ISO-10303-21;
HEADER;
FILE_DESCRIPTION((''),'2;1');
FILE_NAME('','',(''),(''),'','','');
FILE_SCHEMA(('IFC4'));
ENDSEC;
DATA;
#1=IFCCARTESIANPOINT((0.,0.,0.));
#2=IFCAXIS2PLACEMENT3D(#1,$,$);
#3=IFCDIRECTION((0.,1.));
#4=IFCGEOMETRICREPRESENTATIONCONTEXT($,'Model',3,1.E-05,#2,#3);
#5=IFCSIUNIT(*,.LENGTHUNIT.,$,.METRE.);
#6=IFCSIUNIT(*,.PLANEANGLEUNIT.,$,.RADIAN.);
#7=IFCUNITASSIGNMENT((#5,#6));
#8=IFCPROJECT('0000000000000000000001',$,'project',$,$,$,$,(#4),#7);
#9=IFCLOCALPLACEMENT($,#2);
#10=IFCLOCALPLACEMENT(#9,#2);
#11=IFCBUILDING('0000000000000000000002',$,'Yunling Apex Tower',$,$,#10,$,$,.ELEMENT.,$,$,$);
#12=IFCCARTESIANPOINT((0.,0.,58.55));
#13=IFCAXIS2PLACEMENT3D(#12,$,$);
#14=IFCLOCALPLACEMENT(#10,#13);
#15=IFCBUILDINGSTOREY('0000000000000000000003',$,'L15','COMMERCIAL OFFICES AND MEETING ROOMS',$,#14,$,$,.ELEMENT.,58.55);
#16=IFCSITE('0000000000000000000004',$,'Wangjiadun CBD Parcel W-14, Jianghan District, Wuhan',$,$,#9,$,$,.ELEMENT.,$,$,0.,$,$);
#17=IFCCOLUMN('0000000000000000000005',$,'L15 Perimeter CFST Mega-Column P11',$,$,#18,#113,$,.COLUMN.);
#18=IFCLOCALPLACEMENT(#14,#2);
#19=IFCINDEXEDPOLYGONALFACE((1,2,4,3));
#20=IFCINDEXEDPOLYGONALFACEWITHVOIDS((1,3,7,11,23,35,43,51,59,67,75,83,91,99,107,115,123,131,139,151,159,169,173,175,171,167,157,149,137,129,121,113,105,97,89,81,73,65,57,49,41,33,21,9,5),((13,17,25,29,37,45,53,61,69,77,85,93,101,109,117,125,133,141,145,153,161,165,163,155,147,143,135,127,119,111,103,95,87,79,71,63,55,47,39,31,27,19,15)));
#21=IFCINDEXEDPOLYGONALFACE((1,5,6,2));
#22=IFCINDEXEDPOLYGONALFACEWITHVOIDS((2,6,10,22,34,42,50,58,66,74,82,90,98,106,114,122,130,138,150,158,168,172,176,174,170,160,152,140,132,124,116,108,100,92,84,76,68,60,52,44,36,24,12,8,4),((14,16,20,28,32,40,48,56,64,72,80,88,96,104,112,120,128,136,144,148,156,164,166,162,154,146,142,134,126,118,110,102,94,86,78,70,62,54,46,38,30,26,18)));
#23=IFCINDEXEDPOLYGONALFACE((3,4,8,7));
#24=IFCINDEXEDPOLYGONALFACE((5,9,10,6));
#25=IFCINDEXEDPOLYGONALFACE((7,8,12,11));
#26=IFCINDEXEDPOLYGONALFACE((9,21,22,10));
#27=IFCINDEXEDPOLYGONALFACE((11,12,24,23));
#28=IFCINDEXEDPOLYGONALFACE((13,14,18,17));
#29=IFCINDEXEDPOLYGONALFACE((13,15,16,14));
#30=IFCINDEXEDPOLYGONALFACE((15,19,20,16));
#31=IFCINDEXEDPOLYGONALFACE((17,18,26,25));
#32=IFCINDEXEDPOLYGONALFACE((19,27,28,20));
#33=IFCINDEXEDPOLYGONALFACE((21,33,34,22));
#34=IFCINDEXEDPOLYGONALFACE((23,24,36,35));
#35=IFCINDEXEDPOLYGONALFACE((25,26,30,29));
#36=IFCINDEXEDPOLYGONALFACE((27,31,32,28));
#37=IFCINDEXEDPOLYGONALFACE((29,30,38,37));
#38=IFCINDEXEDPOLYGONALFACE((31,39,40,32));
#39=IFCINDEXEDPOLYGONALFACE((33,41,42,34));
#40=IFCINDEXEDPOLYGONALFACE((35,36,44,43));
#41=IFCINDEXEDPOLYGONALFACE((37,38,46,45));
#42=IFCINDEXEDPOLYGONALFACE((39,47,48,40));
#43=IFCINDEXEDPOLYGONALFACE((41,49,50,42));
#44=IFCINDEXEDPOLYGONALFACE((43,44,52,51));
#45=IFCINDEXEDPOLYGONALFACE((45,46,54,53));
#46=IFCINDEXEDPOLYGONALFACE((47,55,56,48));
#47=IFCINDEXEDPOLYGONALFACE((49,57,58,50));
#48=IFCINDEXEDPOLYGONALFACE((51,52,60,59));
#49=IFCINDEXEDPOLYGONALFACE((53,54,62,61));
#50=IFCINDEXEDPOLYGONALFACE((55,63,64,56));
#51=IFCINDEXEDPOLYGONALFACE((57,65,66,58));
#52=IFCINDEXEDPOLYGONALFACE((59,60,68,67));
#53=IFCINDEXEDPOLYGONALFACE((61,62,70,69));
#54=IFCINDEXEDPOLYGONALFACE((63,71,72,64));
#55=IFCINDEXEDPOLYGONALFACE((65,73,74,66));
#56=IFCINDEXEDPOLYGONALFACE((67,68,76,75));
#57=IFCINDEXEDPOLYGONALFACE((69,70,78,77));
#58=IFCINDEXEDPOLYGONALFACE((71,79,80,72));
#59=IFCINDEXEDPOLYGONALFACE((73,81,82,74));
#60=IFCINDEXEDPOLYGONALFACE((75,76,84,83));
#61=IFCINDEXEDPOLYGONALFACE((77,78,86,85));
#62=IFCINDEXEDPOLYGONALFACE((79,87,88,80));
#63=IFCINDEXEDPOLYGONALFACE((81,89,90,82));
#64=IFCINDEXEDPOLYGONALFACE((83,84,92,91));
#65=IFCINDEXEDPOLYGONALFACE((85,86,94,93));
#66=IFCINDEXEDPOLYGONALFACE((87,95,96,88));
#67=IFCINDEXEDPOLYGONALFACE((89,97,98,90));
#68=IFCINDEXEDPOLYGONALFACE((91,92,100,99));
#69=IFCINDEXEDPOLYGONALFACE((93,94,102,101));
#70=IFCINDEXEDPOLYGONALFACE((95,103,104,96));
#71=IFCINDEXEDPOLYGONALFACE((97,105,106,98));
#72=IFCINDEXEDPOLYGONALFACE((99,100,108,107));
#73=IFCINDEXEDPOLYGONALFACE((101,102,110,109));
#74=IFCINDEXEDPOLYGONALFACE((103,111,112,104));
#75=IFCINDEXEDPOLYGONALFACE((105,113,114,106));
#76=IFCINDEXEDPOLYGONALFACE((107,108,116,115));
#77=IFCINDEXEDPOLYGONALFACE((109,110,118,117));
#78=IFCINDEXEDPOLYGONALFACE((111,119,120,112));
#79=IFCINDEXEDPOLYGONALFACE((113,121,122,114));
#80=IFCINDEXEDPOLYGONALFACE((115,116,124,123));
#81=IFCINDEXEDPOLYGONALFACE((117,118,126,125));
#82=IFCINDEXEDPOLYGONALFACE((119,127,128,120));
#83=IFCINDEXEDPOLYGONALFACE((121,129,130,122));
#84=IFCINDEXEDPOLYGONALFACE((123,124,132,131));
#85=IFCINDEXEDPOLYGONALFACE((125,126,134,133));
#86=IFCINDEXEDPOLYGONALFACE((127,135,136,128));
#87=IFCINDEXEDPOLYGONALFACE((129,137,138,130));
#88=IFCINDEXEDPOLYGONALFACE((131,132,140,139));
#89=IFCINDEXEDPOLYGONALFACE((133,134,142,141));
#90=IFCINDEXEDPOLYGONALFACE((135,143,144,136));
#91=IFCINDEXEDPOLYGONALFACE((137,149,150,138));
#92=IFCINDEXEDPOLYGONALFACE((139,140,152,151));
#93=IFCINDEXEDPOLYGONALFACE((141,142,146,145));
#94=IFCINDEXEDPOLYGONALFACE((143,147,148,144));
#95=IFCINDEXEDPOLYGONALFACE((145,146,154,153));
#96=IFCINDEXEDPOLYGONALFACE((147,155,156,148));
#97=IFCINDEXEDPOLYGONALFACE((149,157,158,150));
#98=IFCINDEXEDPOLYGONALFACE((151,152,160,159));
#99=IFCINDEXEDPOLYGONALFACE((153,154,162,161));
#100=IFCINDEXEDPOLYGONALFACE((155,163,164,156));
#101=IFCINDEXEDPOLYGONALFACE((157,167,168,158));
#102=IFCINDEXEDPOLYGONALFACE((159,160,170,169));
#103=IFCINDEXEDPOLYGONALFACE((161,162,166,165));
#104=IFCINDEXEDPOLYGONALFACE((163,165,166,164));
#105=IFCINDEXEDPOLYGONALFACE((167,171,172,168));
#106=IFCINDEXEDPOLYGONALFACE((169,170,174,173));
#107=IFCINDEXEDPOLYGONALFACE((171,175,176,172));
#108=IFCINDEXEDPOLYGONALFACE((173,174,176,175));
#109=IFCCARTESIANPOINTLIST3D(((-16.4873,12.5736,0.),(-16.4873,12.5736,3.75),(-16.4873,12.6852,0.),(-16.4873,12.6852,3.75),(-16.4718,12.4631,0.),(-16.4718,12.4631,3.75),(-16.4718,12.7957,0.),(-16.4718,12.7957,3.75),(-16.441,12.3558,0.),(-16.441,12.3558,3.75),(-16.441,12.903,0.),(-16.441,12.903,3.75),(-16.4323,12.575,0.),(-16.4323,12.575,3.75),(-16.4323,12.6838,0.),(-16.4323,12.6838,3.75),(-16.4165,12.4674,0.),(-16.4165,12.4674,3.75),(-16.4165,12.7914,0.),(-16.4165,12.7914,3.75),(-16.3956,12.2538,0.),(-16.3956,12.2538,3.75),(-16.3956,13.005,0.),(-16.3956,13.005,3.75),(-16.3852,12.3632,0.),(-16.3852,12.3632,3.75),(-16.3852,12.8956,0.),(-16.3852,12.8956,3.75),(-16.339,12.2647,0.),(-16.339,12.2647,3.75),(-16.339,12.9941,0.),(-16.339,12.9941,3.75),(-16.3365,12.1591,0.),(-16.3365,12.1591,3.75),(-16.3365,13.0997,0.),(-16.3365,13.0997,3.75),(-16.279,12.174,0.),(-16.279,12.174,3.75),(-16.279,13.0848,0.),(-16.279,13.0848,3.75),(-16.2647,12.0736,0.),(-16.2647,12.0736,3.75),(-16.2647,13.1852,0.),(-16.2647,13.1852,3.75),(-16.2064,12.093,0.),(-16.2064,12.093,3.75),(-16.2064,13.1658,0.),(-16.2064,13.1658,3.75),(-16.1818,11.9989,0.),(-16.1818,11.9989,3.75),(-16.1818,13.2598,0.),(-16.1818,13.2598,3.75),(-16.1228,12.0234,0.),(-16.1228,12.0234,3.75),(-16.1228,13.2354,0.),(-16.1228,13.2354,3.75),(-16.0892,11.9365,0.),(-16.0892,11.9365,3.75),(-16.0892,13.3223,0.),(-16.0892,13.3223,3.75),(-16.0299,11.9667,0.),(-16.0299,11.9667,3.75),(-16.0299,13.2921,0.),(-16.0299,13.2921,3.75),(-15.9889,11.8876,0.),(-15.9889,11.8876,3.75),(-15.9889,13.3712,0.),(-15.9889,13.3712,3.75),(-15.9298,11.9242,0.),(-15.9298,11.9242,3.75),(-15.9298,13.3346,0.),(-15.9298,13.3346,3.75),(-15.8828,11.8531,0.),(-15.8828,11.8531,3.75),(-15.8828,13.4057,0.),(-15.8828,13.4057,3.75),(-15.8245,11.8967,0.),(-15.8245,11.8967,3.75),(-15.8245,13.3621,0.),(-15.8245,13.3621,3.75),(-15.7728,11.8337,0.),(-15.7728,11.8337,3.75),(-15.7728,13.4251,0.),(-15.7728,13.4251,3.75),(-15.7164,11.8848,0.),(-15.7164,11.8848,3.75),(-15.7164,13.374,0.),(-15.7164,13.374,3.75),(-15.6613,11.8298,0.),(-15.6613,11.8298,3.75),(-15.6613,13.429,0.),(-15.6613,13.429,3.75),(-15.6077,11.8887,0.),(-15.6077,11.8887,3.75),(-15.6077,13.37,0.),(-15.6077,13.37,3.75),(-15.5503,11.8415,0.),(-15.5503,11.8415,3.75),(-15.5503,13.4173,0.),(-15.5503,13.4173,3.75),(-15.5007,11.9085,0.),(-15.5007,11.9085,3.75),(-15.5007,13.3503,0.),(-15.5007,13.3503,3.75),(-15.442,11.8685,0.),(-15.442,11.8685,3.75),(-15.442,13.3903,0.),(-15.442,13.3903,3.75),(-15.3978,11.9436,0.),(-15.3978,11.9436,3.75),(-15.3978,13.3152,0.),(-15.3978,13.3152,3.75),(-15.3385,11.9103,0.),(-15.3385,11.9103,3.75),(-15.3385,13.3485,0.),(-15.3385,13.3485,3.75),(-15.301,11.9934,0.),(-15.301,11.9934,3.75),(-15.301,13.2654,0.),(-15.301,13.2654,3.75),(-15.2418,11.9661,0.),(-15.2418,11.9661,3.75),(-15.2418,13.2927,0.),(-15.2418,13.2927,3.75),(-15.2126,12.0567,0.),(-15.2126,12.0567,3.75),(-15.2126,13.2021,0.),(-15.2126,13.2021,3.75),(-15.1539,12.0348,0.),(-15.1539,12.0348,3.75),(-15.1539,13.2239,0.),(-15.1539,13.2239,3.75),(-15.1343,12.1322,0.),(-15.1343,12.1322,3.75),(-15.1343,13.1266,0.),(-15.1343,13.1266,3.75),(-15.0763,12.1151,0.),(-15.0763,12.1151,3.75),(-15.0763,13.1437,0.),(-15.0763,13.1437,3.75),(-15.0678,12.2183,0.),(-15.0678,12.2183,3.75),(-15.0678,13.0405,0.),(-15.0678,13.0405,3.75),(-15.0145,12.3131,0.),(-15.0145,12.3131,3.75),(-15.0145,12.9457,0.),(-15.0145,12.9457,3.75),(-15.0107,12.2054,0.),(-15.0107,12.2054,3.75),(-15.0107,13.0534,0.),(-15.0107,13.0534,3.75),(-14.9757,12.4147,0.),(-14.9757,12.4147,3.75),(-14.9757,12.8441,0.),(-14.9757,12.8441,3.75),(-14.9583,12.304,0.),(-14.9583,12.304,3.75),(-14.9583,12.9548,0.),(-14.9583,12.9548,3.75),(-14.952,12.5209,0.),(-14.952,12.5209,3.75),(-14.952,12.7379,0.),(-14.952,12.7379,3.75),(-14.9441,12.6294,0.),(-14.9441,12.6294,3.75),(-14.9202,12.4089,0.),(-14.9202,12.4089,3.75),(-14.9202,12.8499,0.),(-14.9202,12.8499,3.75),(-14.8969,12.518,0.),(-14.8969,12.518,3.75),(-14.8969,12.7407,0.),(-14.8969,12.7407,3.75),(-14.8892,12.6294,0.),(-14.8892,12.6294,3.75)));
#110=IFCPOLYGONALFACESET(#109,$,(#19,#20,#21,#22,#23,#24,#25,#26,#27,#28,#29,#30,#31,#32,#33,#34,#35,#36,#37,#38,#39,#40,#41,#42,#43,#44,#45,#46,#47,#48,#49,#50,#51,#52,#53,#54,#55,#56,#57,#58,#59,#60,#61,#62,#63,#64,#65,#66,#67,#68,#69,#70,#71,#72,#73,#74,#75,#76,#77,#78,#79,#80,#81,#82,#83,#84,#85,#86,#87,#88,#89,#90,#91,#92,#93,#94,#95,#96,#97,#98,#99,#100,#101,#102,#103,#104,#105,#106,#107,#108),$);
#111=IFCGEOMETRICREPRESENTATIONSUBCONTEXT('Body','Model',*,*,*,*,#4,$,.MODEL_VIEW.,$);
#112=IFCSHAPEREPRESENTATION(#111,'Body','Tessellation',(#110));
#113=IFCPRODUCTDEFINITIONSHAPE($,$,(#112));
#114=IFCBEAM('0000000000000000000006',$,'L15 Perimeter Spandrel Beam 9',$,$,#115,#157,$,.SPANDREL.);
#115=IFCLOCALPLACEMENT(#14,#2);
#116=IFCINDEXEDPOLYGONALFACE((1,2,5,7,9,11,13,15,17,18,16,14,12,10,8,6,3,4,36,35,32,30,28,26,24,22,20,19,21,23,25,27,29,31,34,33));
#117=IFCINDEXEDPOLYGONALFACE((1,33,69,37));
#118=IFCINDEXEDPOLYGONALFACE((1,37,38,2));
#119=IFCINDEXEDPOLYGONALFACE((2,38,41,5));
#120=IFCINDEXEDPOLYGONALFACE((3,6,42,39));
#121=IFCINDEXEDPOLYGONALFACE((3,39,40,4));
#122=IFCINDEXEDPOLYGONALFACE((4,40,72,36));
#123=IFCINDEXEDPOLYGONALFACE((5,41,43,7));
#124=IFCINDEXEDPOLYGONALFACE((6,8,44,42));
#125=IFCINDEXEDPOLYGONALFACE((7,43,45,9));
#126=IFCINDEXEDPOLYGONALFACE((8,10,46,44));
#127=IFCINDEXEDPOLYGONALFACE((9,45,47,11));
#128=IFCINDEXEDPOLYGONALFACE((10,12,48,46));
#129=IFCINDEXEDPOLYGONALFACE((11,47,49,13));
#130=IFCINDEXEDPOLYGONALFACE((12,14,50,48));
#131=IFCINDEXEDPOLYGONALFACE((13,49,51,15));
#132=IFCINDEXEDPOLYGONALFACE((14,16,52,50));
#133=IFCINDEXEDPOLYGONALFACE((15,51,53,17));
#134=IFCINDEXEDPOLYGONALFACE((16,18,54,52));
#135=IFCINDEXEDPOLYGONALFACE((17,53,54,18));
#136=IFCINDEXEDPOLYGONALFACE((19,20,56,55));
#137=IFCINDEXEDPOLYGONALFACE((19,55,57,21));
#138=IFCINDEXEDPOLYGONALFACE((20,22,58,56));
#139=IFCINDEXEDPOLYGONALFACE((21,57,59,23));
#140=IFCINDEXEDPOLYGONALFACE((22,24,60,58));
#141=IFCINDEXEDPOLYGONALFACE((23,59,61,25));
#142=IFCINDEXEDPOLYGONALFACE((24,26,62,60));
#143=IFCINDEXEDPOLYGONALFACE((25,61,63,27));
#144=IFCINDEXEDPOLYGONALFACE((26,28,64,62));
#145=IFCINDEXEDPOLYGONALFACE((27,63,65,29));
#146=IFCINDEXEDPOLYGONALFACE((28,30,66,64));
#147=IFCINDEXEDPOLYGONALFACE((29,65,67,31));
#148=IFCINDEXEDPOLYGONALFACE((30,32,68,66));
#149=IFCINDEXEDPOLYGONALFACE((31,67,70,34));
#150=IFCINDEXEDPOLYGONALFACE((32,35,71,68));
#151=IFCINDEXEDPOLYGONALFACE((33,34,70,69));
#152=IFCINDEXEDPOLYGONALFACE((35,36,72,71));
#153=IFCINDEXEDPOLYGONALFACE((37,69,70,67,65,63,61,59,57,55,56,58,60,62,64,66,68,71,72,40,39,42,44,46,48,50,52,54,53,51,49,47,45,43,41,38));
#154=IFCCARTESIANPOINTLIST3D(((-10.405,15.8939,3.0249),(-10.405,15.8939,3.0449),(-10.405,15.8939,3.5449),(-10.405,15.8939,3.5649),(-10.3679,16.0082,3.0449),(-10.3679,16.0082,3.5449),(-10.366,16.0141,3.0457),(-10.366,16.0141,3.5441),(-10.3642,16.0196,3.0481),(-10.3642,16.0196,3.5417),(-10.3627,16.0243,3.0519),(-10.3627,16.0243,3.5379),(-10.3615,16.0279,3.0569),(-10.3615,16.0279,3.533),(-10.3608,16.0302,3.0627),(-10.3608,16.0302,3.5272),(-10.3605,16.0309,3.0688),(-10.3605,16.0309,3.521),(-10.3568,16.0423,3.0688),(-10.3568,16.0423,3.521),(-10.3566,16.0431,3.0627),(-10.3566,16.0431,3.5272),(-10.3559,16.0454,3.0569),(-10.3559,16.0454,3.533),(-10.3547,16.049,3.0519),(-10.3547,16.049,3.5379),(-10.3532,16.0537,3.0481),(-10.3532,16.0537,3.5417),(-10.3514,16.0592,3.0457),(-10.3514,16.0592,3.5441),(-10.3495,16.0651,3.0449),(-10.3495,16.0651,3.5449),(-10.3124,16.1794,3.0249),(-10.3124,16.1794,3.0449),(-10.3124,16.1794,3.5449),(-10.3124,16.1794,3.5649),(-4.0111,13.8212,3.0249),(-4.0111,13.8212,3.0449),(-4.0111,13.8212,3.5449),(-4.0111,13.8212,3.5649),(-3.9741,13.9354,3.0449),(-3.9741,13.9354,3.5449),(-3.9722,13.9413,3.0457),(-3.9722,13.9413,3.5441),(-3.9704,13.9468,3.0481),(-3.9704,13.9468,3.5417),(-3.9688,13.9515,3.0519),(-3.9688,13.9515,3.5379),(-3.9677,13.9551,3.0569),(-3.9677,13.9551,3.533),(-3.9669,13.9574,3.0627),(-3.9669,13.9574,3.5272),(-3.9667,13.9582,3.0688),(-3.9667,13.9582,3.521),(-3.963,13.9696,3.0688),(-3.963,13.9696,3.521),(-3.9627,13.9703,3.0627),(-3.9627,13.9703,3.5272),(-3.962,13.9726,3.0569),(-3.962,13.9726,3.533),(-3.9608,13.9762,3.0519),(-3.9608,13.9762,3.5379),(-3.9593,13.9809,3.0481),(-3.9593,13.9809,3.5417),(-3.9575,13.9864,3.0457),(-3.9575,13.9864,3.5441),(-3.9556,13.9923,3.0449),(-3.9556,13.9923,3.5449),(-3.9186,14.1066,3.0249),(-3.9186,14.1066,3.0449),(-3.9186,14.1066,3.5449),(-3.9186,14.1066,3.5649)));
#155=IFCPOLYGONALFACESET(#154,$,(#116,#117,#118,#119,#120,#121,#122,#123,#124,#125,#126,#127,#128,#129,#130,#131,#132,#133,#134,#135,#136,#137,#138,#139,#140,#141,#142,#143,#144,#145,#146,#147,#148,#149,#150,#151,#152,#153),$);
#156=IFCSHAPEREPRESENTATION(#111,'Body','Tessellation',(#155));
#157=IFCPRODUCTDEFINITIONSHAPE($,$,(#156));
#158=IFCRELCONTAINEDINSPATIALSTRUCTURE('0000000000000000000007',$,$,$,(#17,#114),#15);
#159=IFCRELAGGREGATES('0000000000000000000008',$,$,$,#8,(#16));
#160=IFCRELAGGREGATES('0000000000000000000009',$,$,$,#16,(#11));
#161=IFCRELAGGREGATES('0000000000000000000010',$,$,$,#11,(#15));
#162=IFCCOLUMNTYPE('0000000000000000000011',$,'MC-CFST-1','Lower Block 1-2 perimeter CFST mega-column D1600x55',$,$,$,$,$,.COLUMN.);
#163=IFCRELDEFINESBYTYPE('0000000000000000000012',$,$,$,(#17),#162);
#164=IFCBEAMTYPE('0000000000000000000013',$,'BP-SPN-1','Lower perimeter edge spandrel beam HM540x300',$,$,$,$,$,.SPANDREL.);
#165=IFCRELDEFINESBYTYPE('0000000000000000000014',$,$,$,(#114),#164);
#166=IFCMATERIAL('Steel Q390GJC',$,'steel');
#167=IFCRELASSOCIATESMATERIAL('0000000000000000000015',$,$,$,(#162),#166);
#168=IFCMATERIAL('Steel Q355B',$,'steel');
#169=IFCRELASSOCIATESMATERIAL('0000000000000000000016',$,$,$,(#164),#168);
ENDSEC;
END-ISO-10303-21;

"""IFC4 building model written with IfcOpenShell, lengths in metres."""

from ifc_helpers import new_model, si_unit, direction, frame, origin, origin_2d, place, context, subcontext, project, spatial, hollow_circle, i_section, extrude, source, transform, mapped, material, material_profile, profile_set, type_object, element, save


model = new_model("IFC4")

# Units and contexts
model_context = context("Model", 3, precision=1e-05, world=origin(), true_north=direction((0.0, 1.0)))
body_context = subcontext(model_context, "Body", "Model", "MODEL_VIEW")
ifc_project = project(units=[si_unit("LENGTHUNIT", "METRE"), si_unit("PLANEANGLEUNIT", "RADIAN")], contexts=[model_context])

# Site, building, storey
site_placement = place(None, origin())
site = spatial("IfcSite", under=ifc_project, at=site_placement, Name="Wangjiadun CBD Parcel W-14, Jianghan District, Wuhan", CompositionType="ELEMENT", RefElevation=0.0)
building_placement = place(site_placement, origin())
building = spatial("IfcBuilding", under=site, at=building_placement, Name="Yunling Apex Tower", CompositionType="ELEMENT")
storey_placement = place(building_placement, frame((0.0, 0.0, 58.55)))
storey = spatial("IfcBuildingStorey", under=building, at=storey_placement, Name="L15", Description="COMMERCIAL OFFICES AND MEETING ROOMS", CompositionType="ELEMENT", Elevation=58.55)

# Column
ifc_material_1 = material(Name="Steel Q390GJC", Category="steel")
ifc_material_profile_1 = material_profile(ifc_material_1, hollow_circle(Radius=0.8, WallThickness=0.0549, at=origin_2d()))
ifc_profile_set_1 = profile_set([ifc_material_profile_1], Name="Steel Q390GJC")
column_type = type_object("IfcColumnType", Name="MC-CFST-1", Description="Lower Block 1-2 perimeter CFST mega-column D1600x55", PredefinedType="COLUMN", material=ifc_profile_set_1)
shared_shape_1 = source(origin(), body_context, "Body", "SweptSolid", [
    extrude(hollow_circle(Radius=0.8, WallThickness=0.0549, at=origin_2d()), origin(), (0.0, 0.0, 1.0), 3.75),
])
for number, where, z_axis, x_axis, name in (
    (1, (-15.6892, 12.6294, 0.0), (0.0, 0.0, 1.0), (1.0, 0.0, 0.0), "L15 Perimeter CFST Mega-Column P11"),
):
    element("IfcColumn", number, at=place(storey_placement, frame(where, z_axis=z_axis, x_axis=x_axis)), inside=storey, type_object=column_type, Name=name, PredefinedType="COLUMN", context=body_context, shape_type="MappedRepresentation", body=[
        mapped(shared_shape_1, transform((0.0, 0.0, 0.0), scale=1.0)),
    ])

# Beam
ifc_material_2 = material(Name="Steel Q355B", Category="steel")
ifc_material_profile_2 = material_profile(ifc_material_2, i_section(OverallWidth=0.3, OverallDepth=0.54, WebThickness=0.012, FlangeThickness=0.02, FilletRadius=0.0239, at=origin_2d()))
ifc_profile_set_2 = profile_set([ifc_material_profile_2], Name="Steel Q355B")
beam_type_1 = type_object("IfcBeamType", Name="BP-SPN-1", Description="Lower perimeter edge spandrel beam HM540x300", PredefinedType="SPANDREL", material=ifc_profile_set_2)
shared_shape_2 = source(origin(), body_context, "Body", "SweptSolid", [
    extrude(i_section(OverallWidth=0.3, OverallDepth=0.54, WebThickness=0.012, FlangeThickness=0.02, FilletRadius=0.0239, at=origin_2d()), origin(), (0.0, 0.0, 1.0), 6.7214),
])
beam_1_placement = place(storey_placement, frame((-3.9648, 13.9639, 3.2949), z_axis=(-0.951263, 0.308382, 0.0), x_axis=(-0.308382, -0.951263, 0.0)))
element("IfcBeam", 2, at=beam_1_placement, inside=storey, type_object=beam_type_1, Name="L15 Perimeter Spandrel Beam 9", PredefinedType="SPANDREL", context=body_context, shape_type="MappedRepresentation", body=[
    mapped(shared_shape_2, transform((0.0, 0.0, 0.0), scale=1.0)),
])

save(model, "model.ifc")
